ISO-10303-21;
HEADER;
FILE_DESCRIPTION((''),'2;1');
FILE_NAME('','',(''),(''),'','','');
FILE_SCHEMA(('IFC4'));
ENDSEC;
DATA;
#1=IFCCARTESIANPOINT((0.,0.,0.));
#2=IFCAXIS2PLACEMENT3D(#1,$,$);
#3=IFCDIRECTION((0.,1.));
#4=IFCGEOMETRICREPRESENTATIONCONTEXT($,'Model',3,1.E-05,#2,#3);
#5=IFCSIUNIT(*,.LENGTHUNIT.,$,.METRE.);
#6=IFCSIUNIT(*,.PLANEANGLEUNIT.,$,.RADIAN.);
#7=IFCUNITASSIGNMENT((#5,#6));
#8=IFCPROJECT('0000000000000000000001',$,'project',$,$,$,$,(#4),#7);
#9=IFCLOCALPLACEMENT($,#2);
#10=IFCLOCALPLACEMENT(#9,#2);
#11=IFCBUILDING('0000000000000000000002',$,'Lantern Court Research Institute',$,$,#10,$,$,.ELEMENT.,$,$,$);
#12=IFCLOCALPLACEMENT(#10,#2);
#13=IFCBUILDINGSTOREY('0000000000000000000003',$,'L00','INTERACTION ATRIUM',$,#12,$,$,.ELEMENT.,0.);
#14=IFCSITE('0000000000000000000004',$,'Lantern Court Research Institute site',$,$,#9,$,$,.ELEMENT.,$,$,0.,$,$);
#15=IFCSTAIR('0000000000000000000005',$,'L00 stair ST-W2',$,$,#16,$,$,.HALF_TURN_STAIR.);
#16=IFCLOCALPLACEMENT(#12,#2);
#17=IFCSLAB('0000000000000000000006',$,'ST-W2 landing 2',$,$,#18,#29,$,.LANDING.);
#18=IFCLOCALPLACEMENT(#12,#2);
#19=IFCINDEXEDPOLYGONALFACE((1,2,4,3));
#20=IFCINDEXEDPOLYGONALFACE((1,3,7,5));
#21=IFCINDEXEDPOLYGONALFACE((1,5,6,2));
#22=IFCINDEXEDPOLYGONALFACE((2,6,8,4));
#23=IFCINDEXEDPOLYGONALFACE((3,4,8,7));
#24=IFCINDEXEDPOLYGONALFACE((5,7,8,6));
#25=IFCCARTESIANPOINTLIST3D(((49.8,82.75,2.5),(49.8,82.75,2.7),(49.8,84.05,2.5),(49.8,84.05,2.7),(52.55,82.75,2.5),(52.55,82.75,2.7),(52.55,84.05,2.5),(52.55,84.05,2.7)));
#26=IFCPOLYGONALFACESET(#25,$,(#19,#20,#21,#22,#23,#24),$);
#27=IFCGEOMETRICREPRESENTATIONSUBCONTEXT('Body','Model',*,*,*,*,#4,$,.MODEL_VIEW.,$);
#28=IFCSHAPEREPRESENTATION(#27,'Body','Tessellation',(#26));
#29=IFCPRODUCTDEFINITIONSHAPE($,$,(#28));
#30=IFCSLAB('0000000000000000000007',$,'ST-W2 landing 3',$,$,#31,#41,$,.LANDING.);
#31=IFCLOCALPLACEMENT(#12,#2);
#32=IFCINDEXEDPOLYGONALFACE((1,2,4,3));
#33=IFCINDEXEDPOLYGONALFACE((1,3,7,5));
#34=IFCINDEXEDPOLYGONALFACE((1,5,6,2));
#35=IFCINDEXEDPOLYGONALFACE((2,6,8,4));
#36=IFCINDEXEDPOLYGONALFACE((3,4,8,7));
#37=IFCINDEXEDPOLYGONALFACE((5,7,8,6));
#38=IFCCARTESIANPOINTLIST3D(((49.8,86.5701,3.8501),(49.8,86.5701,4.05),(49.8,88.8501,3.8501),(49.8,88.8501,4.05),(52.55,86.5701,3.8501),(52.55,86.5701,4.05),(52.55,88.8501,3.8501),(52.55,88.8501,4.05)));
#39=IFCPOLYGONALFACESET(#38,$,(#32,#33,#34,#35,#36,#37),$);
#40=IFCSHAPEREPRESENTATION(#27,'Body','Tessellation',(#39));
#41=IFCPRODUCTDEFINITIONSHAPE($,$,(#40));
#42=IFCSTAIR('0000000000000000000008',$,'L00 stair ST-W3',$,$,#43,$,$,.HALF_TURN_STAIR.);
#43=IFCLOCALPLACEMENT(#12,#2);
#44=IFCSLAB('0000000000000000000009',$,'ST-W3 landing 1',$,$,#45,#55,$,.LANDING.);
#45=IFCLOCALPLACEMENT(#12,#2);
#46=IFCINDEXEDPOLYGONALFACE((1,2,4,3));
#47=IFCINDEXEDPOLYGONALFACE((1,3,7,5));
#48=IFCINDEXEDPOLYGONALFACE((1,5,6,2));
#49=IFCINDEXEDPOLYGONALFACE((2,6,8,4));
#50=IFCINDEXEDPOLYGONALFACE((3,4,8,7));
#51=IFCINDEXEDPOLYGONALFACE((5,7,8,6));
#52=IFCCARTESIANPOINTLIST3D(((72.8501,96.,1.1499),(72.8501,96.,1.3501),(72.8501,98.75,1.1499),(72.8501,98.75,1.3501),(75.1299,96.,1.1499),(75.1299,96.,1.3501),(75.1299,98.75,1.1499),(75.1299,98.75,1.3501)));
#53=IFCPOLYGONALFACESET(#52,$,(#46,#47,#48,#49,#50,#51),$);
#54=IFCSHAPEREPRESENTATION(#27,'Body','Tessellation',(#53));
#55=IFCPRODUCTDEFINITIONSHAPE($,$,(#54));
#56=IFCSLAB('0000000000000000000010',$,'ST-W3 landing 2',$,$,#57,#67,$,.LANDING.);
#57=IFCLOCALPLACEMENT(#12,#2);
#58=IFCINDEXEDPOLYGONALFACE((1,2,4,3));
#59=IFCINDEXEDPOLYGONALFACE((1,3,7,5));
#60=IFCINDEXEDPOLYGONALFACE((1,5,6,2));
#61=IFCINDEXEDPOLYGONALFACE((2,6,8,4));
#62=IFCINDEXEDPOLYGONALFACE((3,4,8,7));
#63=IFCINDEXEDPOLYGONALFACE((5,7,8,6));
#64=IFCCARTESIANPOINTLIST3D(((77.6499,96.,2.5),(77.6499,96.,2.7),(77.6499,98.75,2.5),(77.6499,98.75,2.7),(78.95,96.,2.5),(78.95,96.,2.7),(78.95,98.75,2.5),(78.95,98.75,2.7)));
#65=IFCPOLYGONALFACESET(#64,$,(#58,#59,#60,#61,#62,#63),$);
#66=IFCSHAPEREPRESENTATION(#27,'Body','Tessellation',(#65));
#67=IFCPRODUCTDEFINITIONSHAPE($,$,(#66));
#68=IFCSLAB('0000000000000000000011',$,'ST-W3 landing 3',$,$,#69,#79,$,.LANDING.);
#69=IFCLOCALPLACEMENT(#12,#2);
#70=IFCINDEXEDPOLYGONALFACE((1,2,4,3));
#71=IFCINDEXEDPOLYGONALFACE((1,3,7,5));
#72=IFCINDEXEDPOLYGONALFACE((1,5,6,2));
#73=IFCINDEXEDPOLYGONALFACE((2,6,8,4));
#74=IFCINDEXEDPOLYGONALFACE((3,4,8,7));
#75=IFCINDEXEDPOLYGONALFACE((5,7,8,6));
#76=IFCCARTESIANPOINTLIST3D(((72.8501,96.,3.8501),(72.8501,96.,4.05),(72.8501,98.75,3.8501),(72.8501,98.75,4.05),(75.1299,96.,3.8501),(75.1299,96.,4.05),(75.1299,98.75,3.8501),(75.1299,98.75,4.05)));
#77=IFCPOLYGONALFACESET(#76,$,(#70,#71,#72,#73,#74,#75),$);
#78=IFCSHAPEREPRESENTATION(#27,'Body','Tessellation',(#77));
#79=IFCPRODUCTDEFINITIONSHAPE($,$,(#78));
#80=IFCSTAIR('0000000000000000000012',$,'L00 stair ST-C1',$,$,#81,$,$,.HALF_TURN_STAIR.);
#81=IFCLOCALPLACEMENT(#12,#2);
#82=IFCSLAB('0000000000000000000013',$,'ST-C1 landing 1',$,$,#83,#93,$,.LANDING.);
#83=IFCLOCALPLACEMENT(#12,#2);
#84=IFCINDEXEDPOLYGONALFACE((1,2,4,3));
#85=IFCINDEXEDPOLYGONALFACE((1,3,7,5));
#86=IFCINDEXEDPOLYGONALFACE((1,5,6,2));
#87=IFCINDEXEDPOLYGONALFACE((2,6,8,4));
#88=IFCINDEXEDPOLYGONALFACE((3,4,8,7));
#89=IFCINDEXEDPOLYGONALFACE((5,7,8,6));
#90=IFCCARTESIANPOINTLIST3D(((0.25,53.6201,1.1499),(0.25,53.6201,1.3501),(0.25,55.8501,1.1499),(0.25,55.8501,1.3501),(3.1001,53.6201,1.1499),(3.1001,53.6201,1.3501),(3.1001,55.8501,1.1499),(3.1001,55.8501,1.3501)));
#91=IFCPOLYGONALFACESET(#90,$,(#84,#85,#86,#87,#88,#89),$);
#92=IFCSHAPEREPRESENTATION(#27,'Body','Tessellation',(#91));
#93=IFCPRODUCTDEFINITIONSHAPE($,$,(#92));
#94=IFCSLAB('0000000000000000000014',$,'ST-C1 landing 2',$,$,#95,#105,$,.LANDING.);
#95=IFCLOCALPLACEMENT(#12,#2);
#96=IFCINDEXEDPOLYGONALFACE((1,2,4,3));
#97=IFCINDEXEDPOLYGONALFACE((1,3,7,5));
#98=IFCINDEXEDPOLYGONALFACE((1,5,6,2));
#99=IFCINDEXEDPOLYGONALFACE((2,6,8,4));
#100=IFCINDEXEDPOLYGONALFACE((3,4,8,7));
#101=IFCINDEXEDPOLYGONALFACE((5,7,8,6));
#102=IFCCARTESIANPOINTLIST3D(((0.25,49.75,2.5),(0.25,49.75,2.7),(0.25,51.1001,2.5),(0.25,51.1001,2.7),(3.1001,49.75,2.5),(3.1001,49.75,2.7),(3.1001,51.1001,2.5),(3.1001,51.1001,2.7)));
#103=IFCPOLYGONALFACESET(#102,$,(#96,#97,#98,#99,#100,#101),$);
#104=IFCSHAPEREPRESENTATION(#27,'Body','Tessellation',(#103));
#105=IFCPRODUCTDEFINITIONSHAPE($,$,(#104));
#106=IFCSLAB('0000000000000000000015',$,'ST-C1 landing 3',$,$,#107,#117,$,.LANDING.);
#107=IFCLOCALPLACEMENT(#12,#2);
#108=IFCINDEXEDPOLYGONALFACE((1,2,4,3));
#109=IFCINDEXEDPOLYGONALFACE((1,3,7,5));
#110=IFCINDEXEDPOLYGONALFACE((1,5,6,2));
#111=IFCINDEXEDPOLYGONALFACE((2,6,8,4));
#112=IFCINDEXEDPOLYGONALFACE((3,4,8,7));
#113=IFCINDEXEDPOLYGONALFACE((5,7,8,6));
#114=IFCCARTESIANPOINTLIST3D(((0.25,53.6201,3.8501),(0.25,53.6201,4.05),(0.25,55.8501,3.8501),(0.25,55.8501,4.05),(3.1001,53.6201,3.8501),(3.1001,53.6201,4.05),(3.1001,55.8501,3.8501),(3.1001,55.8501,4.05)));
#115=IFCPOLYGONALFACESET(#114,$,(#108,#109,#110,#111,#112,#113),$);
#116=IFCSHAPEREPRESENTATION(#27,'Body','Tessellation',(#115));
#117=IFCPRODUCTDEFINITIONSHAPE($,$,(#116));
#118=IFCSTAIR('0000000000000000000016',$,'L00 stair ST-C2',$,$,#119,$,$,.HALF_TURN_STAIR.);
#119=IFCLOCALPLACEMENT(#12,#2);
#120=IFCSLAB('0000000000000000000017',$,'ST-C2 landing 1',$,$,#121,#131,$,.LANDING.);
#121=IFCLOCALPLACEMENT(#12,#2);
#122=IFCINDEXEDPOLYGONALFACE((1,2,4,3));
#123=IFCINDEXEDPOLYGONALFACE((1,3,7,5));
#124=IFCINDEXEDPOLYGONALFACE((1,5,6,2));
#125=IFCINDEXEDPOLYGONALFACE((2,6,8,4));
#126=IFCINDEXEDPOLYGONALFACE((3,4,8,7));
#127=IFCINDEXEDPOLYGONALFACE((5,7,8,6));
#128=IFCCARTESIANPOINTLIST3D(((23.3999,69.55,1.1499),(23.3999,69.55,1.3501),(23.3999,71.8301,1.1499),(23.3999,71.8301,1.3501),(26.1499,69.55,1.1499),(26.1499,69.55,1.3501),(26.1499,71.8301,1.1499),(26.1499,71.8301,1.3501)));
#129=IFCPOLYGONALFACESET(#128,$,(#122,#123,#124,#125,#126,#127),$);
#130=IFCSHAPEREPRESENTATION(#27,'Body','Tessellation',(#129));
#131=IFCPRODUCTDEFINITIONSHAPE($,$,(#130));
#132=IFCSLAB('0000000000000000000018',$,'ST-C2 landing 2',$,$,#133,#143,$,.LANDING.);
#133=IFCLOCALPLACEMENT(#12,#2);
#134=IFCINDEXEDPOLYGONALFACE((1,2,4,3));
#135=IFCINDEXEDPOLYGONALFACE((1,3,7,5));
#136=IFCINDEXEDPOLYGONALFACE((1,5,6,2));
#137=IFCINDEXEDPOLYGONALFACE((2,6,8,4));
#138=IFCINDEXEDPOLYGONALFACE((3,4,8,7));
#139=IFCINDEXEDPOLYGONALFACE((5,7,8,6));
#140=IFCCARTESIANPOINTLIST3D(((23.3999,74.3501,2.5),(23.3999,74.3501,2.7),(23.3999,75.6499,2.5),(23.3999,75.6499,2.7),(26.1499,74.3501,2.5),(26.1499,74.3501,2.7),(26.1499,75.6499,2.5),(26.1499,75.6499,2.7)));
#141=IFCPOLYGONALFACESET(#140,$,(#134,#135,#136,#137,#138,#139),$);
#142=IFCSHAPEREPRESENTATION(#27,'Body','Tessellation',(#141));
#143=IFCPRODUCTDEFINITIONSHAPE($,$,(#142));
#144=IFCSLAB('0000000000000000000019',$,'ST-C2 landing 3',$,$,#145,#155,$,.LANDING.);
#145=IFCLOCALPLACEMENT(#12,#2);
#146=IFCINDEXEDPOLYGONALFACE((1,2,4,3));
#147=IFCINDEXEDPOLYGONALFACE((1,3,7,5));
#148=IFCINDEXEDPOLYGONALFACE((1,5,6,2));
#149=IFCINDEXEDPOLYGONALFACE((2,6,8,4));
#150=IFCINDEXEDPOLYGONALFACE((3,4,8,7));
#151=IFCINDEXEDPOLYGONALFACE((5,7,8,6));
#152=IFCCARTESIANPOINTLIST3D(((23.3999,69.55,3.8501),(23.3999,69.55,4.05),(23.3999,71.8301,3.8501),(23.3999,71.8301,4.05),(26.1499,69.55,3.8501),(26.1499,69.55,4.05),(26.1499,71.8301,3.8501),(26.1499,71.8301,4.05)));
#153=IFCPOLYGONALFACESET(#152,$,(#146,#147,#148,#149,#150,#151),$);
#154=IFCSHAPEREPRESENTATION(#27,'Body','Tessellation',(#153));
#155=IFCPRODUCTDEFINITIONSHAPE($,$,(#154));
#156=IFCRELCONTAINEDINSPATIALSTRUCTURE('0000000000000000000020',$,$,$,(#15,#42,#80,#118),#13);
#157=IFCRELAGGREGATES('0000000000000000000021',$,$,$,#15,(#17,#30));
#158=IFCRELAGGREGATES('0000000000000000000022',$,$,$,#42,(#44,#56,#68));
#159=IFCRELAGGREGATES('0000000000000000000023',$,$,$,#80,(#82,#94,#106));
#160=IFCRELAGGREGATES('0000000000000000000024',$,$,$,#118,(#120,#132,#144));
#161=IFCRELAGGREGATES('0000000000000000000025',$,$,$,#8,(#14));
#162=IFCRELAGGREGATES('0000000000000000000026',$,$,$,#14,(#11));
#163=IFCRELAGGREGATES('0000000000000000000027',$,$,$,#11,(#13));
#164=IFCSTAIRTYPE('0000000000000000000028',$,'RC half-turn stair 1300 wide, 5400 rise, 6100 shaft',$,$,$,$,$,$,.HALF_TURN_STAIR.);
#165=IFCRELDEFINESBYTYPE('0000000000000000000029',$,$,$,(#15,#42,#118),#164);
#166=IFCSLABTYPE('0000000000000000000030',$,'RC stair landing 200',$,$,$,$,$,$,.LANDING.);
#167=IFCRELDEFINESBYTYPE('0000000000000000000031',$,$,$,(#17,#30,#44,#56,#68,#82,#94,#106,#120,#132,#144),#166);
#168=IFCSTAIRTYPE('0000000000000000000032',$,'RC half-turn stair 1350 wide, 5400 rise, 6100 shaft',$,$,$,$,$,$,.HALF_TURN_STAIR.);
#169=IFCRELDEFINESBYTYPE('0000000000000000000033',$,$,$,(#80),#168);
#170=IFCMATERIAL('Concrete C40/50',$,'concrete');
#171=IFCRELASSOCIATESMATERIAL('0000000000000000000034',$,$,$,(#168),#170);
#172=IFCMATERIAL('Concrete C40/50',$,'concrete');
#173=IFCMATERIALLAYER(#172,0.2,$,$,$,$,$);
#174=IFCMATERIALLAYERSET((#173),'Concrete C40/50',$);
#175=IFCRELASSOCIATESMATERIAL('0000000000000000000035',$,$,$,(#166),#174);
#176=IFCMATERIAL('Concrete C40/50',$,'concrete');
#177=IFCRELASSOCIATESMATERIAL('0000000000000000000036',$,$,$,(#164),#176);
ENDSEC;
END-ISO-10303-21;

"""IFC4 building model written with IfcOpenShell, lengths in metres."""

from ifc_helpers import new_model, si_unit, direction, frame, origin, place, context, subcontext, project, spatial, polyline, outline, extrude, material, layer, layer_set, type_object, element, aggregate, save


model = new_model("IFC4")

# Units and contexts
model_context = context("Model", 3, precision=1e-05, world=origin(), true_north=direction((0.0, 1.0)))
body_context = subcontext(model_context, "Body", "Model", "MODEL_VIEW")
ifc_project = project(units=[si_unit("LENGTHUNIT", "METRE"), si_unit("PLANEANGLEUNIT", "RADIAN")], contexts=[model_context])

# Site, building, storey
site_placement = place(None, origin())
site = spatial("IfcSite", under=ifc_project, at=site_placement, Name="Lantern Court Research Institute site", CompositionType="ELEMENT", RefElevation=0.0)
building_placement = place(site_placement, origin())
building = spatial("IfcBuilding", under=site, at=building_placement, Name="Lantern Court Research Institute", CompositionType="ELEMENT")
storey_placement = place(building_placement, origin())
storey = spatial("IfcBuildingStorey", under=building, at=storey_placement, Name="L00", Description="INTERACTION ATRIUM", CompositionType="ELEMENT", Elevation=0.0)

# Stairs, slabs
ifc_material_1 = material(Name="Concrete C40/50", Category="concrete")
stair_type_1 = type_object("IfcStairType", Name="RC half-turn stair 1350 wide, 5400 rise, 6100 shaft", PredefinedType="HALF_TURN_STAIR", material=ifc_material_1)
ifc_material_2 = material(Name="Concrete C40/50", Category="concrete")
ifc_layer_1 = layer(ifc_material_2, 0.2)
ifc_layer_set_1 = layer_set([ifc_layer_1], Name="Concrete C40/50")
slab_type_1 = type_object("IfcSlabType", Name="RC stair landing 200", PredefinedType="LANDING", material=ifc_layer_set_1)
ifc_material_3 = material(Name="Concrete C40/50", Category="concrete")
stair_type_2 = type_object("IfcStairType", Name="RC half-turn stair 1300 wide, 5400 rise, 6100 shaft", PredefinedType="HALF_TURN_STAIR", material=ifc_material_3)
stair_1_placement = place(storey_placement, origin())
stair_1 = element("IfcStair", 1, at=stair_1_placement, inside=storey, type_object=stair_type_2, Name="L00 stair ST-W2", PredefinedType="HALF_TURN_STAIR")
slab_1_placement = place(storey_placement, frame((0.0, 0.0, 2.5)))
slab_1 = element("IfcSlab", 2, at=slab_1_placement, type_object=slab_type_1, Name="ST-W2 landing 2", PredefinedType="LANDING", context=body_context, shape_type="SweptSolid", body=[
    extrude(outline(polyline([(52.55, 82.75), (52.55, 84.05), (49.8, 84.05), (49.8, 82.75), (52.55, 82.75)])), origin(), (0.0, 0.0, 1.0), 0.2),
])
slab_2_placement = place(storey_placement, frame((0.0, 0.0, 3.8501)))
slab_2 = element("IfcSlab", 3, at=slab_2_placement, type_object=slab_type_1, Name="ST-W2 landing 3", PredefinedType="LANDING", context=body_context, shape_type="SweptSolid", body=[
    extrude(outline(polyline([(52.55, 86.5701), (52.55, 88.8501), (49.8, 88.8501), (49.8, 86.5701), (52.55, 86.5701)])), origin(), (0.0, 0.0, 1.0), 0.2),
])
aggregate(stair_1, [slab_1, slab_2])
stair_2_placement = place(storey_placement, origin())
stair_2 = element("IfcStair", 4, at=stair_2_placement, inside=storey, type_object=stair_type_2, Name="L00 stair ST-W3", PredefinedType="HALF_TURN_STAIR")
slab_3_placement = place(storey_placement, frame((0.0, 0.0, 1.1499)))
slab_3 = element("IfcSlab", 5, at=slab_3_placement, type_object=slab_type_1, Name="ST-W3 landing 1", PredefinedType="LANDING", context=body_context, shape_type="SweptSolid", body=[
    extrude(outline(polyline([(75.1299, 98.75), (72.8501, 98.75), (72.8501, 96.0), (75.1299, 96.0), (75.1299, 98.75)])), origin(), (0.0, 0.0, 1.0), 0.2002),
])
slab_4_placement = place(storey_placement, frame((0.0, 0.0, 2.5)))
slab_4 = element("IfcSlab", 6, at=slab_4_placement, type_object=slab_type_1, Name="ST-W3 landing 2", PredefinedType="LANDING", context=body_context, shape_type="SweptSolid", body=[
    extrude(outline(polyline([(78.95, 98.75), (77.6499, 98.75), (77.6499, 96.0), (78.95, 96.0), (78.95, 98.75)])), origin(), (0.0, 0.0, 1.0), 0.2),
])
slab_5_placement = place(storey_placement, frame((0.0, 0.0, 3.8501)))
slab_5 = element("IfcSlab", 7, at=slab_5_placement, type_object=slab_type_1, Name="ST-W3 landing 3", PredefinedType="LANDING", context=body_context, shape_type="SweptSolid", body=[
    extrude(outline(polyline([(75.1299, 98.75), (72.8501, 98.75), (72.8501, 96.0), (75.1299, 96.0), (75.1299, 98.75)])), origin(), (0.0, 0.0, 1.0), 0.2),
])
aggregate(stair_2, [slab_3, slab_4, slab_5])
stair_3_placement = place(storey_placement, origin())
stair_3 = element("IfcStair", 8, at=stair_3_placement, inside=storey, type_object=stair_type_1, Name="L00 stair ST-C1", PredefinedType="HALF_TURN_STAIR")
slab_6_placement = place(storey_placement, frame((0.0, 0.0, 1.1499)))
slab_6 = element("IfcSlab", 9, at=slab_6_placement, type_object=slab_type_1, Name="ST-C1 landing 1", PredefinedType="LANDING", context=body_context, shape_type="SweptSolid", body=[
    extrude(outline(polyline([(3.1001, 53.6201), (3.1001, 55.8501), (0.25, 55.8501), (0.25, 53.6201), (3.1001, 53.6201)])), origin(), (0.0, 0.0, 1.0), 0.2002),
])
slab_7_placement = place(storey_placement, frame((0.0, 0.0, 2.5)))
slab_7 = element("IfcSlab", 10, at=slab_7_placement, type_object=slab_type_1, Name="ST-C1 landing 2", PredefinedType="LANDING", context=body_context, shape_type="SweptSolid", body=[
    extrude(outline(polyline([(3.1001, 49.75), (3.1001, 51.1001), (0.25, 51.1001), (0.25, 49.75), (3.1001, 49.75)])), origin(), (0.0, 0.0, 1.0), 0.2),
])
slab_8_placement = place(storey_placement, frame((0.0, 0.0, 3.8501)))
slab_8 = element("IfcSlab", 11, at=slab_8_placement, type_object=slab_type_1, Name="ST-C1 landing 3", PredefinedType="LANDING", context=body_context, shape_type="SweptSolid", body=[
    extrude(outline(polyline([(3.1001, 53.6201), (3.1001, 55.8501), (0.25, 55.8501), (0.25, 53.6201), (3.1001, 53.6201)])), origin(), (0.0, 0.0, 1.0), 0.2),
])
aggregate(stair_3, [slab_6, slab_7, slab_8])
stair_4_placement = place(storey_placement, origin())
stair_4 = element("IfcStair", 12, at=stair_4_placement, inside=storey, type_object=stair_type_2, Name="L00 stair ST-C2", PredefinedType="HALF_TURN_STAIR")
slab_9_placement = place(storey_placement, frame((0.0, 0.0, 1.1499)))
slab_9 = element("IfcSlab", 13, at=slab_9_placement, type_object=slab_type_1, Name="ST-C2 landing 1", PredefinedType="LANDING", context=body_context, shape_type="SweptSolid", body=[
    extrude(outline(polyline([(23.3999, 71.8301), (23.3999, 69.55), (26.1499, 69.55), (26.1499, 71.8301), (23.3999, 71.8301)])), origin(), (0.0, 0.0, 1.0), 0.2002),
])
slab_10_placement = place(storey_placement, frame((0.0, 0.0, 2.5)))
slab_10 = element("IfcSlab", 14, at=slab_10_placement, type_object=slab_type_1, Name="ST-C2 landing 2", PredefinedType="LANDING", context=body_context, shape_type="SweptSolid", body=[
    extrude(outline(polyline([(23.3999, 75.6499), (23.3999, 74.3501), (26.1499, 74.3501), (26.1499, 75.6499), (23.3999, 75.6499)])), origin(), (0.0, 0.0, 1.0), 0.2),
])
slab_11_placement = place(storey_placement, frame((0.0, 0.0, 3.8501)))
slab_11 = element("IfcSlab", 15, at=slab_11_placement, type_object=slab_type_1, Name="ST-C2 landing 3", PredefinedType="LANDING", context=body_context, shape_type="SweptSolid", body=[
    extrude(outline(polyline([(23.3999, 71.8301), (23.3999, 69.55), (26.1499, 69.55), (26.1499, 71.8301), (23.3999, 71.8301)])), origin(), (0.0, 0.0, 1.0), 0.2),
])
aggregate(stair_4, [slab_9, slab_10, slab_11])

save(model, "model.ifc")
